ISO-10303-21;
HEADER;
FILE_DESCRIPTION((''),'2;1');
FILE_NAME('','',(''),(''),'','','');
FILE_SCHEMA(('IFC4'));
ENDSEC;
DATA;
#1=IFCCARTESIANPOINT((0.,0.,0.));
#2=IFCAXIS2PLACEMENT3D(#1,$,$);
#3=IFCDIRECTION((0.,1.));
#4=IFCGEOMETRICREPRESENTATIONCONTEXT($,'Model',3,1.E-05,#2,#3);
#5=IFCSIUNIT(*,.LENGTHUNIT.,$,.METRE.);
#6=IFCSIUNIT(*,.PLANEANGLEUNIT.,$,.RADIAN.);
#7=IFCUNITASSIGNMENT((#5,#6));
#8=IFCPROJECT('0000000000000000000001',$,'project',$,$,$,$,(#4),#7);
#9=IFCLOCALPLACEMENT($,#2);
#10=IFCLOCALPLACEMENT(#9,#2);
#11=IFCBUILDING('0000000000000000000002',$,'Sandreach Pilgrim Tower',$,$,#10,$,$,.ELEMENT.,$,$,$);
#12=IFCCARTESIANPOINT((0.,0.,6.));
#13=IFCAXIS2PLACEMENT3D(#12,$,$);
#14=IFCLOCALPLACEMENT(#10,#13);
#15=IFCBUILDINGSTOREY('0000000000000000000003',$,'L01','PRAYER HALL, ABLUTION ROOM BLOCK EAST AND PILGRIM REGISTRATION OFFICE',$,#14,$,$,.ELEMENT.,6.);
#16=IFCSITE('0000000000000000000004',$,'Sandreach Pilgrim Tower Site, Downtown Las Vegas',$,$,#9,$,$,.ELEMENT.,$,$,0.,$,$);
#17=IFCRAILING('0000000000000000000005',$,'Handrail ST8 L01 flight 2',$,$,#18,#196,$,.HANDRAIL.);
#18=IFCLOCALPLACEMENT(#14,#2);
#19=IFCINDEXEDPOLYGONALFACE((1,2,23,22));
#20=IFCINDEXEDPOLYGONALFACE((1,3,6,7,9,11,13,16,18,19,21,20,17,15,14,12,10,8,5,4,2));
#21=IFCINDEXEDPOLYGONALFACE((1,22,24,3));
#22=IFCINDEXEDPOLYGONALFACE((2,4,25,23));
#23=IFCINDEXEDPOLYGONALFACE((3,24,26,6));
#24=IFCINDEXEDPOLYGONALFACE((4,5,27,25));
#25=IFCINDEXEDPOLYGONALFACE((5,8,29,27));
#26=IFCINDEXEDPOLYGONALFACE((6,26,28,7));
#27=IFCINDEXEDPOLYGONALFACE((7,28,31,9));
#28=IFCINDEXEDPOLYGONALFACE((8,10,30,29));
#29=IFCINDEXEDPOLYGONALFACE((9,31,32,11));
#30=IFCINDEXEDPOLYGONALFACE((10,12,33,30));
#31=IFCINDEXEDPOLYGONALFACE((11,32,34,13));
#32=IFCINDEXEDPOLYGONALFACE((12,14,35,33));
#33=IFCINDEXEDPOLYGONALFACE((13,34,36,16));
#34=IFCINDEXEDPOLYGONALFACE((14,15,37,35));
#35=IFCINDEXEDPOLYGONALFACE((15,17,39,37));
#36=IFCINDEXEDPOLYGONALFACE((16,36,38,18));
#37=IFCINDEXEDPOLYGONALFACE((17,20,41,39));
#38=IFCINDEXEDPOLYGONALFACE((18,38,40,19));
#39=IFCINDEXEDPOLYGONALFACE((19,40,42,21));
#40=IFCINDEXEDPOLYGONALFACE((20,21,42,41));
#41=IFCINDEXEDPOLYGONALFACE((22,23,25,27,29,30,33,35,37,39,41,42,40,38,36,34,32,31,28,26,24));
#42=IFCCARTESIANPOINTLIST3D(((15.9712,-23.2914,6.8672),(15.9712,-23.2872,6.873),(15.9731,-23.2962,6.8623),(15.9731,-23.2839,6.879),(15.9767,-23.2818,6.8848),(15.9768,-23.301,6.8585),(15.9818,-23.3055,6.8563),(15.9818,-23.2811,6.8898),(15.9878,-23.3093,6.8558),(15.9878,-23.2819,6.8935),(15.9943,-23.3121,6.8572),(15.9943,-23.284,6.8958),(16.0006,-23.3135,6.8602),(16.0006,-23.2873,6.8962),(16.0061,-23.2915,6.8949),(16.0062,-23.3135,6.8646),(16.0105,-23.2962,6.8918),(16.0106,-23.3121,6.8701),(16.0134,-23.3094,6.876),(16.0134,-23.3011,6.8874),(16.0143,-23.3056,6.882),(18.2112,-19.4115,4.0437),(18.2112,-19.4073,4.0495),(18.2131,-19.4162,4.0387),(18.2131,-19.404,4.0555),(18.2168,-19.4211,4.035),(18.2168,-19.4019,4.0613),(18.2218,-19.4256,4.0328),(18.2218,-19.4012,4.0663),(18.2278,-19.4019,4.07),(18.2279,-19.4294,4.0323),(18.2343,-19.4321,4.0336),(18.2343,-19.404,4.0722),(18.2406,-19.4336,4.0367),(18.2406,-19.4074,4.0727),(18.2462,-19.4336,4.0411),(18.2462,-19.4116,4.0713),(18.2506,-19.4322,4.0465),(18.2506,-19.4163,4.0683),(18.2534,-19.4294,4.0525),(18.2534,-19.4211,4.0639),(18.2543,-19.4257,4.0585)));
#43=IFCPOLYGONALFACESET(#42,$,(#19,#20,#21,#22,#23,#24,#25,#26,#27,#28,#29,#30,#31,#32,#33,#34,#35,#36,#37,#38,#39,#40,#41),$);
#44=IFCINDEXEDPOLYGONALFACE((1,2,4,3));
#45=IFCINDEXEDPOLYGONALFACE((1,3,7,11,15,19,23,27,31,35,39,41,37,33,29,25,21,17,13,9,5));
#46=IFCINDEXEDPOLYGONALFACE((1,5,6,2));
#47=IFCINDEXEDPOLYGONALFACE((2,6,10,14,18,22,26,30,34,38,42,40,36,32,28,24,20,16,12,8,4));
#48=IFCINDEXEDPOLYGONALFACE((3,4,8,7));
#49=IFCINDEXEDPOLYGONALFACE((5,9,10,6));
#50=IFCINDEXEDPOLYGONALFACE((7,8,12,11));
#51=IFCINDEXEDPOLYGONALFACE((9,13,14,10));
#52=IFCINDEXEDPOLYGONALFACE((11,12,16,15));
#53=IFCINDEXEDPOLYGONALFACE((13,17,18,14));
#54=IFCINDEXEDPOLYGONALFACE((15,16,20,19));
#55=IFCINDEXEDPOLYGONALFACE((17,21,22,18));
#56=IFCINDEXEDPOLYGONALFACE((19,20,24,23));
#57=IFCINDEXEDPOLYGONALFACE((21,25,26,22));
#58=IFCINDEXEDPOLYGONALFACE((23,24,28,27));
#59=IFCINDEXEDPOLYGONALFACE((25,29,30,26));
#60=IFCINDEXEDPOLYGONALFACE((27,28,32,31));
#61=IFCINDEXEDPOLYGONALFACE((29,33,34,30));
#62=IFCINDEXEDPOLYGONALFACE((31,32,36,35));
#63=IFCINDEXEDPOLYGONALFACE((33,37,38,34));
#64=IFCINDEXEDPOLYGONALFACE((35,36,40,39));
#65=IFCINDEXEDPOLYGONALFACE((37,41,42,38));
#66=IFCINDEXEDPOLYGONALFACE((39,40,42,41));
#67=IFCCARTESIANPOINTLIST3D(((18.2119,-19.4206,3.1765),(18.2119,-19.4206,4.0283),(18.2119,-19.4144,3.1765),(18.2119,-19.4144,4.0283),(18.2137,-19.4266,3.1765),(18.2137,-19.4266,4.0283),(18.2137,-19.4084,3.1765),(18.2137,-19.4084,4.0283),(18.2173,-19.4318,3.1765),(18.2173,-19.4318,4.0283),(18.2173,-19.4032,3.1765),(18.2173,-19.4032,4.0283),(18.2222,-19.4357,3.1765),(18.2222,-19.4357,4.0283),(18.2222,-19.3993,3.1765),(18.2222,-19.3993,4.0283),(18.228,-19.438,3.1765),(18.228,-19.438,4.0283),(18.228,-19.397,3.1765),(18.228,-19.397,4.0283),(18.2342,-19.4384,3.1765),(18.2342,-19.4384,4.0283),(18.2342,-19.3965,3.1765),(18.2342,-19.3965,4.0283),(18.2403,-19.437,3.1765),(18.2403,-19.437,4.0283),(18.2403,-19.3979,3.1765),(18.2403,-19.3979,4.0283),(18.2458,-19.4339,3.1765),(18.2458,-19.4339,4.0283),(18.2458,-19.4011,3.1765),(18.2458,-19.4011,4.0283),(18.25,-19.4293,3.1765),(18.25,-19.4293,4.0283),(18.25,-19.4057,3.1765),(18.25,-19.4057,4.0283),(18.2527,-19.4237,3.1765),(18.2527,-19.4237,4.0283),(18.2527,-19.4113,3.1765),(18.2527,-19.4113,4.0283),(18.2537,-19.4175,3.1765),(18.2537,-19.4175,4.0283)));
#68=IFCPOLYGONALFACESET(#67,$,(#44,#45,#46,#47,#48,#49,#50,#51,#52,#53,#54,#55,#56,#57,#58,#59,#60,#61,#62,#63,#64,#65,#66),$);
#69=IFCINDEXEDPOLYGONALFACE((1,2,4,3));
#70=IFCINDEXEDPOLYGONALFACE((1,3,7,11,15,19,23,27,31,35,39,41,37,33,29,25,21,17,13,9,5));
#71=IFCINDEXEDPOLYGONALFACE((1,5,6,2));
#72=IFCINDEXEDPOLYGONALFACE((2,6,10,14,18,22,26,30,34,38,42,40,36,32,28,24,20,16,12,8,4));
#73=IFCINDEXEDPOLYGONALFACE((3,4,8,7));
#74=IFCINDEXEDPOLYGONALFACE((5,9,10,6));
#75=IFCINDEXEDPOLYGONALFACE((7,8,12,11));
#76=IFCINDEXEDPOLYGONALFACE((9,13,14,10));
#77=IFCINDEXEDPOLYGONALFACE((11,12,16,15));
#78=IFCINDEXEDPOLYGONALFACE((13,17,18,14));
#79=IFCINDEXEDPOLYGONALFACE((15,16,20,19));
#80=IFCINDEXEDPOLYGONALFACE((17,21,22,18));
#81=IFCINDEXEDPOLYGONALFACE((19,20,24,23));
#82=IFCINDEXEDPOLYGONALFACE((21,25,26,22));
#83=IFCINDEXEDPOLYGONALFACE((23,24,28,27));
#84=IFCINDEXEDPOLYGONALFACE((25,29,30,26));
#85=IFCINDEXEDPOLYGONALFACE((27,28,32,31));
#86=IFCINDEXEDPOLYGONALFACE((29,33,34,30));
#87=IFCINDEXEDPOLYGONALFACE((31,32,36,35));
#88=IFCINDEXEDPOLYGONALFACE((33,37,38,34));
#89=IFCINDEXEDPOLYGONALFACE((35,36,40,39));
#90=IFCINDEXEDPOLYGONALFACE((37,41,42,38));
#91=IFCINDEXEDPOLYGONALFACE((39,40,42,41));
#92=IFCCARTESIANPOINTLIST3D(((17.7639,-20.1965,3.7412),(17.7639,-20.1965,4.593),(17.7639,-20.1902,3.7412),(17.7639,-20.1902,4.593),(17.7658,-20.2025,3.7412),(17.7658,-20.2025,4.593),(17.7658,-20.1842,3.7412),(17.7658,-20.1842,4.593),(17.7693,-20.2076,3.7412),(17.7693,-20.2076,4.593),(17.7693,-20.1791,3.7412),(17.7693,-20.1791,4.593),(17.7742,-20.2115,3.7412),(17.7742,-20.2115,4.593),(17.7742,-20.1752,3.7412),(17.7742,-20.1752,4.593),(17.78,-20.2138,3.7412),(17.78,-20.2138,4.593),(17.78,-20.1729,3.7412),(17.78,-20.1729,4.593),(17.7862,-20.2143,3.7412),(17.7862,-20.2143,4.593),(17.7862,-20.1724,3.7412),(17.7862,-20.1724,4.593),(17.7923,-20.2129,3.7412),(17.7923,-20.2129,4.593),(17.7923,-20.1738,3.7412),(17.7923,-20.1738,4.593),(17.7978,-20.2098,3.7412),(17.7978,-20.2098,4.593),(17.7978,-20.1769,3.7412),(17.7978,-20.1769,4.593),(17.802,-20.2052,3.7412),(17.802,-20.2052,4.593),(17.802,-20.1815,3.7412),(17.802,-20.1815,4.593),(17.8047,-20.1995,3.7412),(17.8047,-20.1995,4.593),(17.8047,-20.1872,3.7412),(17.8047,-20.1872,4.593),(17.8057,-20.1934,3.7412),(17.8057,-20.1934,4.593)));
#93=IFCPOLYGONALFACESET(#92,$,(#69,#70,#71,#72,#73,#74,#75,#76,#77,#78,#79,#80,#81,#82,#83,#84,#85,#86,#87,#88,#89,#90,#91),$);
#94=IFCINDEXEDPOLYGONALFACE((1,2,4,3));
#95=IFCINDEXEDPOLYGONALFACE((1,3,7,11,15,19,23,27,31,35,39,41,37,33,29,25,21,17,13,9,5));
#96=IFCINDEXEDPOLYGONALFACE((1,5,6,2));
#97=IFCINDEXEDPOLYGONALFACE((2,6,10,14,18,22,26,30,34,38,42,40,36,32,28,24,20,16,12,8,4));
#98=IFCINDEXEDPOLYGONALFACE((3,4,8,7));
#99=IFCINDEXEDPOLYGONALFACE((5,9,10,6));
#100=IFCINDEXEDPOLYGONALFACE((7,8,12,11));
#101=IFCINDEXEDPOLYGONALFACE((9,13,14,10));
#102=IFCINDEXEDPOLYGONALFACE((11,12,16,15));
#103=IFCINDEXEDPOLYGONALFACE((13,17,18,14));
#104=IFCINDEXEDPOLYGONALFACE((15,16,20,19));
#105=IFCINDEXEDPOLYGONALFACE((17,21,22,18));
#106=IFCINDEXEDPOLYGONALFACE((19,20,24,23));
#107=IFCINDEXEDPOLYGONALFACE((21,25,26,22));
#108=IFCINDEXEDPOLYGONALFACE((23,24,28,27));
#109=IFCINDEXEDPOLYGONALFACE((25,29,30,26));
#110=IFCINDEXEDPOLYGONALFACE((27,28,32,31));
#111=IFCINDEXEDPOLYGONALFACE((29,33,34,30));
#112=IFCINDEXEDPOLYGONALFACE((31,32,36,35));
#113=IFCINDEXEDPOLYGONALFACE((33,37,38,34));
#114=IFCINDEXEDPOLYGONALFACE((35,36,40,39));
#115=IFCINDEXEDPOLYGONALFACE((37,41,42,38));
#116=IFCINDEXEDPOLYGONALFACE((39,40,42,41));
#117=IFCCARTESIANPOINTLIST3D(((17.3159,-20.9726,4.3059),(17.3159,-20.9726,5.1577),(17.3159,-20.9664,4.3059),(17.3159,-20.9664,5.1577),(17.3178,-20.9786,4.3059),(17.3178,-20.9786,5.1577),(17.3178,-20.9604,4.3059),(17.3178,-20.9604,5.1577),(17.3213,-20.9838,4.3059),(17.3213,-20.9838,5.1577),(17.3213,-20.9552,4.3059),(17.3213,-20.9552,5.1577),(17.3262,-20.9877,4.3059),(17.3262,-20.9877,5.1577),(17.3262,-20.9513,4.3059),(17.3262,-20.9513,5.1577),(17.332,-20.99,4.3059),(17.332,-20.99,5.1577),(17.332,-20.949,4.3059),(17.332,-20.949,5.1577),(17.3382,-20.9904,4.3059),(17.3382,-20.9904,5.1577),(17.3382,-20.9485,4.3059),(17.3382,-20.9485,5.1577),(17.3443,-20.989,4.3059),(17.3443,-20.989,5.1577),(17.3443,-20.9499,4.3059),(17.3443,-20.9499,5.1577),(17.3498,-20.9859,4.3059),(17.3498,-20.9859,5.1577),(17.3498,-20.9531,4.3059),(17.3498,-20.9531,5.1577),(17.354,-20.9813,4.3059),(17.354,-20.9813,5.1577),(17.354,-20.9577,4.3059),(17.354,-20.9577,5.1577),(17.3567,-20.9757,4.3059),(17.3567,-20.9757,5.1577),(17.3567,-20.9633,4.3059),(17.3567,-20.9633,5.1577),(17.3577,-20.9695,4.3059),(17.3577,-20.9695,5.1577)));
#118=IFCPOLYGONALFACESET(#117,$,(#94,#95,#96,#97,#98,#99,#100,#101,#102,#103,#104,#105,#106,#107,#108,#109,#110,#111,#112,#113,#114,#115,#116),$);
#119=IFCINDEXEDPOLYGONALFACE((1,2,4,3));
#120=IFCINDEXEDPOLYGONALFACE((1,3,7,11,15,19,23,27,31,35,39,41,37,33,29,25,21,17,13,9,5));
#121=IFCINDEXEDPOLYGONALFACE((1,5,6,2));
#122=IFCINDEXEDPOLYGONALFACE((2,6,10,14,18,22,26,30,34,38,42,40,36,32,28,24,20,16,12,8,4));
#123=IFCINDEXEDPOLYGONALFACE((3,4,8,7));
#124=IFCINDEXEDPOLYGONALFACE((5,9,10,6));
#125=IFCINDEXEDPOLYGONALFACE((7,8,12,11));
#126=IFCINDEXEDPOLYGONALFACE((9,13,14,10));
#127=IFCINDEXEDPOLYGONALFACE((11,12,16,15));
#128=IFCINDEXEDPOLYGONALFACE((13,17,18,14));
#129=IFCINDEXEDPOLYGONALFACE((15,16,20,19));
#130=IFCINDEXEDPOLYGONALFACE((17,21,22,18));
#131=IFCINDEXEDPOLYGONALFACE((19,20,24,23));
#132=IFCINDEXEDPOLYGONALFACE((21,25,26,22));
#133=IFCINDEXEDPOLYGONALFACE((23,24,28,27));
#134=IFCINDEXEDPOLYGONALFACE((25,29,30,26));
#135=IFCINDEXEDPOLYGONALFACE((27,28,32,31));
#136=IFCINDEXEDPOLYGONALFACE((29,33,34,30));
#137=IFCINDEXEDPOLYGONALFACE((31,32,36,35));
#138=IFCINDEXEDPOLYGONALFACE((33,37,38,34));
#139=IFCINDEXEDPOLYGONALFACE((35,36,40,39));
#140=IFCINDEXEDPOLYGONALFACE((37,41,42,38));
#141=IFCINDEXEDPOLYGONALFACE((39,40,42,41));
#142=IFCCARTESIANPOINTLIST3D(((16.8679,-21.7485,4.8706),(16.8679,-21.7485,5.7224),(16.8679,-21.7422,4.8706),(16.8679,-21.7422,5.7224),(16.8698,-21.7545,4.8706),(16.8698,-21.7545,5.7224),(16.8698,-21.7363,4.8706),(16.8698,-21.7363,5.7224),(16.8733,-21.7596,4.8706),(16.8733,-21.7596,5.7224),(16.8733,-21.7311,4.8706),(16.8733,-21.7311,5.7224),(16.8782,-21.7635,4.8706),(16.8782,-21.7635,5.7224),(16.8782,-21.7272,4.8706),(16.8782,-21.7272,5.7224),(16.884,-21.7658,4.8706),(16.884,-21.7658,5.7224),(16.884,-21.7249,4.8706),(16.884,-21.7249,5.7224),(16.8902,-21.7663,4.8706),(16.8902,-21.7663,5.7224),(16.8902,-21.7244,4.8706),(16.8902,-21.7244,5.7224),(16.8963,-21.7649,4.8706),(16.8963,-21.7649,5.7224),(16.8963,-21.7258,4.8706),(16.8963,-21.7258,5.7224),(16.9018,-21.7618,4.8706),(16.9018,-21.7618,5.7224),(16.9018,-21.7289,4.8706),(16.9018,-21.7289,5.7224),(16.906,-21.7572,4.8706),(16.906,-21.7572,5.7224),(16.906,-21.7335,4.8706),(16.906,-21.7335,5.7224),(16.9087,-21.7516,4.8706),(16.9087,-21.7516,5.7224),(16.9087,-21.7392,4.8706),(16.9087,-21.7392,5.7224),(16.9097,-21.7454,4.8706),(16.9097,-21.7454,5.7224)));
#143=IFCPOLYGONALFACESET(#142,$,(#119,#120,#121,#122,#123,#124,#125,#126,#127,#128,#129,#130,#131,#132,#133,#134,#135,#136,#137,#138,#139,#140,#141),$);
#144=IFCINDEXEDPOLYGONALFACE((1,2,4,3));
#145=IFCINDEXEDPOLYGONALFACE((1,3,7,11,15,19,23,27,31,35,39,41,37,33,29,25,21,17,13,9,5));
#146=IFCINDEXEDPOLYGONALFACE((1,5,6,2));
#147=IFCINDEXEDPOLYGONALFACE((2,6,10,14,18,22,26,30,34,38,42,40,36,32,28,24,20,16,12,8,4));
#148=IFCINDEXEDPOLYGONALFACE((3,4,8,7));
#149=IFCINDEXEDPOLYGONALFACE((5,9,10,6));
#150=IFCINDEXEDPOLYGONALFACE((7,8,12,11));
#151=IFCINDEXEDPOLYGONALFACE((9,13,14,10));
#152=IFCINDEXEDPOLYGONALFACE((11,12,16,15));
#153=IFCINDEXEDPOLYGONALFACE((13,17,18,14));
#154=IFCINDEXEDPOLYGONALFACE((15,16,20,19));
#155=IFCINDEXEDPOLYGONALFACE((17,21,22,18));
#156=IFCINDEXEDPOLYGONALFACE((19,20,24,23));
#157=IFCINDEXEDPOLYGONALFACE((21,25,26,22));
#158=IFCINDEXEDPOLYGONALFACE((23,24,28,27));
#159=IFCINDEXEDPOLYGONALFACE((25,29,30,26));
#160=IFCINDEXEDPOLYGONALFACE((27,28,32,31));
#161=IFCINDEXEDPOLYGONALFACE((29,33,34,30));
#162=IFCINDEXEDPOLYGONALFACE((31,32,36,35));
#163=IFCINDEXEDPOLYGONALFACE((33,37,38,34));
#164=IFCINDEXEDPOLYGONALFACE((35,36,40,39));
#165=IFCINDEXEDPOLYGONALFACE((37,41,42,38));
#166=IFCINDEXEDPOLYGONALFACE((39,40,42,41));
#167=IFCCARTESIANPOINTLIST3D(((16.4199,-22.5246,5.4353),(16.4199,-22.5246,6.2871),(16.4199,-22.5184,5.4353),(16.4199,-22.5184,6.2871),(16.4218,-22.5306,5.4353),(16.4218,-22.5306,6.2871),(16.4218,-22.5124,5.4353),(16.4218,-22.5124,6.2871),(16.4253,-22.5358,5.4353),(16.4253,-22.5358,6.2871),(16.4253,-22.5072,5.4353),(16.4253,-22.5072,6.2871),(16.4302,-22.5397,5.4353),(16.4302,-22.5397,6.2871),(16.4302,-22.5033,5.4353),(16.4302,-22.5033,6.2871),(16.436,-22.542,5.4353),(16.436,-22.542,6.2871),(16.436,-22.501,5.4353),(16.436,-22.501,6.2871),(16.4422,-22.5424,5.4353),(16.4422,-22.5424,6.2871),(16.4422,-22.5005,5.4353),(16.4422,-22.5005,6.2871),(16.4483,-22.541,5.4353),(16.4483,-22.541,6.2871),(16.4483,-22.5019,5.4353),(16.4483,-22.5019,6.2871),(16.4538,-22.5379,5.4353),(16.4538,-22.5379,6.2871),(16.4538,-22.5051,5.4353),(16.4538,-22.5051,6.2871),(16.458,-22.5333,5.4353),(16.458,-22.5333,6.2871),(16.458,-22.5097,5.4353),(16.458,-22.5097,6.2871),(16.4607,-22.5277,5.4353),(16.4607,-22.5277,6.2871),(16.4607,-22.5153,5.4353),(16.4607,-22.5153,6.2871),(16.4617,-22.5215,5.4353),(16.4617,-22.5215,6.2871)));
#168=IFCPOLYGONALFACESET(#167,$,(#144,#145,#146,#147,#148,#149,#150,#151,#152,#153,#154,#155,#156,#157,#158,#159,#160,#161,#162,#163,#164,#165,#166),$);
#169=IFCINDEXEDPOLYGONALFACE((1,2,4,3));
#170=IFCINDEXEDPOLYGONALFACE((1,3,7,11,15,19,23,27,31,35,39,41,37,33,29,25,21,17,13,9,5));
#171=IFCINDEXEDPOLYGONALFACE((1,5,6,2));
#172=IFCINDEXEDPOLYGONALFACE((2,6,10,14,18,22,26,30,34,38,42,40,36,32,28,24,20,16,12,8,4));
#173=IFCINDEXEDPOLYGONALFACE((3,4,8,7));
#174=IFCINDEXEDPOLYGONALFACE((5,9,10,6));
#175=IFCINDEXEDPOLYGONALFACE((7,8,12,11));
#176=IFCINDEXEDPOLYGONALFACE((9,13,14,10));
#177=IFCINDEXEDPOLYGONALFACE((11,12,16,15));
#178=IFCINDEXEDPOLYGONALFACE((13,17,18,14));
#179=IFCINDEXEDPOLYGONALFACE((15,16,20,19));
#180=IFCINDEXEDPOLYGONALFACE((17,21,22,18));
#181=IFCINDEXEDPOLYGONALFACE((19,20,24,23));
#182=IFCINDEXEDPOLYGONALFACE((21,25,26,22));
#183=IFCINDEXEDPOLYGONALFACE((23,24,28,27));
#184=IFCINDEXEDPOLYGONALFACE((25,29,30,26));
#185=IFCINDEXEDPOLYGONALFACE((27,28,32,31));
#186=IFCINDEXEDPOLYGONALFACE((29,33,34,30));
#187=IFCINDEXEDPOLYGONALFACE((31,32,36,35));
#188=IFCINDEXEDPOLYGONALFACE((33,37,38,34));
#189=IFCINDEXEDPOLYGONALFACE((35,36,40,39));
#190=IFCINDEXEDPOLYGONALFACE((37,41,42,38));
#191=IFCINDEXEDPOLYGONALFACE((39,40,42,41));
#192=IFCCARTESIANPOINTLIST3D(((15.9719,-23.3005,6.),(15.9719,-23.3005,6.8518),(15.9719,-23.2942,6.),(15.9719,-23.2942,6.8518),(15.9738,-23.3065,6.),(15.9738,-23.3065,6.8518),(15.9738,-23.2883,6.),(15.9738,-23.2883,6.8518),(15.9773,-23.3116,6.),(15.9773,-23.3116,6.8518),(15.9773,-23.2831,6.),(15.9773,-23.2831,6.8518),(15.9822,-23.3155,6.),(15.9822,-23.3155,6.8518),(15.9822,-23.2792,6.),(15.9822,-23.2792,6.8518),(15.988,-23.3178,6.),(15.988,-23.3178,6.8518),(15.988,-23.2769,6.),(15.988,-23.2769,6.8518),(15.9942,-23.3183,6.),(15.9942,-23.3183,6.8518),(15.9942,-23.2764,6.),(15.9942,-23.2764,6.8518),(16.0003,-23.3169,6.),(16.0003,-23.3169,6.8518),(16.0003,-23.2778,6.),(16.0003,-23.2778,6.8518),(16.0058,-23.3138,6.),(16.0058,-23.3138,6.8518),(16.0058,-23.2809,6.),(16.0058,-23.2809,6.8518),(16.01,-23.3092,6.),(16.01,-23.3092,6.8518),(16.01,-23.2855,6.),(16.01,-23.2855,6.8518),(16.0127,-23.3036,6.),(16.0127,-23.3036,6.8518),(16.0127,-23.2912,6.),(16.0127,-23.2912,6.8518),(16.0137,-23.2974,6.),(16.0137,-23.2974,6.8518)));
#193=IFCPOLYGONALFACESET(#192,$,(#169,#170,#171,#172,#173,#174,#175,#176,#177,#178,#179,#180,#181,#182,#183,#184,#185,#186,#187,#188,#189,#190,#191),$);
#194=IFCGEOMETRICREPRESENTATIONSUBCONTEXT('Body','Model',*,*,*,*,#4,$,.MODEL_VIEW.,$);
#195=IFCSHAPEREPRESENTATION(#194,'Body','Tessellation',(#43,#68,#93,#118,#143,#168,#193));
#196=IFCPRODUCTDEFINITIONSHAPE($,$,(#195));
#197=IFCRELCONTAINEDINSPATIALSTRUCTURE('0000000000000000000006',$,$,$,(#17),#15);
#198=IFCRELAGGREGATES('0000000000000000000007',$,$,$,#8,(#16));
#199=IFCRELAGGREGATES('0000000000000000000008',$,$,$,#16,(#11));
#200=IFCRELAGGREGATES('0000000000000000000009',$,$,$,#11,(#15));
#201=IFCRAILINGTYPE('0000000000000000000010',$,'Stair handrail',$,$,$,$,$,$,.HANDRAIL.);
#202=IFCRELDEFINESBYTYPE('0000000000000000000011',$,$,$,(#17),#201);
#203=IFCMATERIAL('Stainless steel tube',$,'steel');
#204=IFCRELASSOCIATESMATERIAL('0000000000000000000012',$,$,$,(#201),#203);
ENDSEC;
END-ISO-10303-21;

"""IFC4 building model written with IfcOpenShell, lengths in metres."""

from ifc_helpers import new_model, si_unit, direction, frame, origin, origin_2d, place, context, subcontext, project, spatial, circle, extrude, material, type_object, element, save


model = new_model("IFC4")

# Units and contexts
model_context = context("Model", 3, precision=1e-05, world=origin(), true_north=direction((0.0, 1.0)))
body_context = subcontext(model_context, "Body", "Model", "MODEL_VIEW")
ifc_project = project(units=[si_unit("LENGTHUNIT", "METRE"), si_unit("PLANEANGLEUNIT", "RADIAN")], contexts=[model_context])

# Site, building, storey
site_placement = place(None, origin())
site = spatial("IfcSite", under=ifc_project, at=site_placement, Name="Sandreach Pilgrim Tower Site, Downtown Las Vegas", CompositionType="ELEMENT", RefElevation=0.0)
building_placement = place(site_placement, origin())
building = spatial("IfcBuilding", under=site, at=building_placement, Name="Sandreach Pilgrim Tower", CompositionType="ELEMENT")
storey_placement = place(building_placement, frame((0.0, 0.0, 6.0)))
storey = spatial("IfcBuildingStorey", under=building, at=storey_placement, Name="L01", Description="PRAYER HALL, ABLUTION ROOM BLOCK EAST AND PILGRIM REGISTRATION OFFICE", CompositionType="ELEMENT", Elevation=6.0)

# Railing
ifc_material_1 = material(Name="Stainless steel tube", Category="steel")
railing_type = type_object("IfcRailingType", Name="Stair handrail", PredefinedType="HANDRAIL", material=ifc_material_1)
for number, where, name in (
    (1, (18.2327, -19.4175, 3.1765), "Handrail ST8 L01 flight 2"),
):
    element("IfcRailing", number, at=place(storey_placement, frame(where)), inside=storey, type_object=railing_type, Name=name, PredefinedType="HANDRAIL", context=body_context, shape_type="SweptSolid", body=[
        extrude(circle(Radius=0.0239, at=origin_2d()), frame((0.0, 0.0, 0.876), z_axis=(-0.422993, -0.732665, 0.533178), x_axis=(0.866031, -0.49999, 0.0)), (0.0, 0.0, 1.0), 5.2957),
        extrude(circle(Radius=0.021, at=origin_2d()), origin(), (0.0, 0.0, 1.0), 0.8518),
        extrude(circle(Radius=0.021, at=origin_2d()), frame((-0.448, -0.7759, 0.5647)), (0.0, 0.0, 1.0), 0.8518),
        extrude(circle(Radius=0.021, at=origin_2d()), frame((-0.896, -1.552, 1.1294)), (0.0, 0.0, 1.0), 0.8518),
        extrude(circle(Radius=0.021, at=origin_2d()), frame((-1.344, -2.3279, 1.6941)), (0.0, 0.0, 1.0), 0.8518),
        extrude(circle(Radius=0.021, at=origin_2d()), frame((-1.792, -3.104, 2.2588)), (0.0, 0.0, 1.0), 0.8518),
        extrude(circle(Radius=0.021, at=origin_2d()), frame((-2.24, -3.8799, 2.8235)), (0.0, 0.0, 1.0), 0.8518),
    ])

save(model, "model.ifc")
